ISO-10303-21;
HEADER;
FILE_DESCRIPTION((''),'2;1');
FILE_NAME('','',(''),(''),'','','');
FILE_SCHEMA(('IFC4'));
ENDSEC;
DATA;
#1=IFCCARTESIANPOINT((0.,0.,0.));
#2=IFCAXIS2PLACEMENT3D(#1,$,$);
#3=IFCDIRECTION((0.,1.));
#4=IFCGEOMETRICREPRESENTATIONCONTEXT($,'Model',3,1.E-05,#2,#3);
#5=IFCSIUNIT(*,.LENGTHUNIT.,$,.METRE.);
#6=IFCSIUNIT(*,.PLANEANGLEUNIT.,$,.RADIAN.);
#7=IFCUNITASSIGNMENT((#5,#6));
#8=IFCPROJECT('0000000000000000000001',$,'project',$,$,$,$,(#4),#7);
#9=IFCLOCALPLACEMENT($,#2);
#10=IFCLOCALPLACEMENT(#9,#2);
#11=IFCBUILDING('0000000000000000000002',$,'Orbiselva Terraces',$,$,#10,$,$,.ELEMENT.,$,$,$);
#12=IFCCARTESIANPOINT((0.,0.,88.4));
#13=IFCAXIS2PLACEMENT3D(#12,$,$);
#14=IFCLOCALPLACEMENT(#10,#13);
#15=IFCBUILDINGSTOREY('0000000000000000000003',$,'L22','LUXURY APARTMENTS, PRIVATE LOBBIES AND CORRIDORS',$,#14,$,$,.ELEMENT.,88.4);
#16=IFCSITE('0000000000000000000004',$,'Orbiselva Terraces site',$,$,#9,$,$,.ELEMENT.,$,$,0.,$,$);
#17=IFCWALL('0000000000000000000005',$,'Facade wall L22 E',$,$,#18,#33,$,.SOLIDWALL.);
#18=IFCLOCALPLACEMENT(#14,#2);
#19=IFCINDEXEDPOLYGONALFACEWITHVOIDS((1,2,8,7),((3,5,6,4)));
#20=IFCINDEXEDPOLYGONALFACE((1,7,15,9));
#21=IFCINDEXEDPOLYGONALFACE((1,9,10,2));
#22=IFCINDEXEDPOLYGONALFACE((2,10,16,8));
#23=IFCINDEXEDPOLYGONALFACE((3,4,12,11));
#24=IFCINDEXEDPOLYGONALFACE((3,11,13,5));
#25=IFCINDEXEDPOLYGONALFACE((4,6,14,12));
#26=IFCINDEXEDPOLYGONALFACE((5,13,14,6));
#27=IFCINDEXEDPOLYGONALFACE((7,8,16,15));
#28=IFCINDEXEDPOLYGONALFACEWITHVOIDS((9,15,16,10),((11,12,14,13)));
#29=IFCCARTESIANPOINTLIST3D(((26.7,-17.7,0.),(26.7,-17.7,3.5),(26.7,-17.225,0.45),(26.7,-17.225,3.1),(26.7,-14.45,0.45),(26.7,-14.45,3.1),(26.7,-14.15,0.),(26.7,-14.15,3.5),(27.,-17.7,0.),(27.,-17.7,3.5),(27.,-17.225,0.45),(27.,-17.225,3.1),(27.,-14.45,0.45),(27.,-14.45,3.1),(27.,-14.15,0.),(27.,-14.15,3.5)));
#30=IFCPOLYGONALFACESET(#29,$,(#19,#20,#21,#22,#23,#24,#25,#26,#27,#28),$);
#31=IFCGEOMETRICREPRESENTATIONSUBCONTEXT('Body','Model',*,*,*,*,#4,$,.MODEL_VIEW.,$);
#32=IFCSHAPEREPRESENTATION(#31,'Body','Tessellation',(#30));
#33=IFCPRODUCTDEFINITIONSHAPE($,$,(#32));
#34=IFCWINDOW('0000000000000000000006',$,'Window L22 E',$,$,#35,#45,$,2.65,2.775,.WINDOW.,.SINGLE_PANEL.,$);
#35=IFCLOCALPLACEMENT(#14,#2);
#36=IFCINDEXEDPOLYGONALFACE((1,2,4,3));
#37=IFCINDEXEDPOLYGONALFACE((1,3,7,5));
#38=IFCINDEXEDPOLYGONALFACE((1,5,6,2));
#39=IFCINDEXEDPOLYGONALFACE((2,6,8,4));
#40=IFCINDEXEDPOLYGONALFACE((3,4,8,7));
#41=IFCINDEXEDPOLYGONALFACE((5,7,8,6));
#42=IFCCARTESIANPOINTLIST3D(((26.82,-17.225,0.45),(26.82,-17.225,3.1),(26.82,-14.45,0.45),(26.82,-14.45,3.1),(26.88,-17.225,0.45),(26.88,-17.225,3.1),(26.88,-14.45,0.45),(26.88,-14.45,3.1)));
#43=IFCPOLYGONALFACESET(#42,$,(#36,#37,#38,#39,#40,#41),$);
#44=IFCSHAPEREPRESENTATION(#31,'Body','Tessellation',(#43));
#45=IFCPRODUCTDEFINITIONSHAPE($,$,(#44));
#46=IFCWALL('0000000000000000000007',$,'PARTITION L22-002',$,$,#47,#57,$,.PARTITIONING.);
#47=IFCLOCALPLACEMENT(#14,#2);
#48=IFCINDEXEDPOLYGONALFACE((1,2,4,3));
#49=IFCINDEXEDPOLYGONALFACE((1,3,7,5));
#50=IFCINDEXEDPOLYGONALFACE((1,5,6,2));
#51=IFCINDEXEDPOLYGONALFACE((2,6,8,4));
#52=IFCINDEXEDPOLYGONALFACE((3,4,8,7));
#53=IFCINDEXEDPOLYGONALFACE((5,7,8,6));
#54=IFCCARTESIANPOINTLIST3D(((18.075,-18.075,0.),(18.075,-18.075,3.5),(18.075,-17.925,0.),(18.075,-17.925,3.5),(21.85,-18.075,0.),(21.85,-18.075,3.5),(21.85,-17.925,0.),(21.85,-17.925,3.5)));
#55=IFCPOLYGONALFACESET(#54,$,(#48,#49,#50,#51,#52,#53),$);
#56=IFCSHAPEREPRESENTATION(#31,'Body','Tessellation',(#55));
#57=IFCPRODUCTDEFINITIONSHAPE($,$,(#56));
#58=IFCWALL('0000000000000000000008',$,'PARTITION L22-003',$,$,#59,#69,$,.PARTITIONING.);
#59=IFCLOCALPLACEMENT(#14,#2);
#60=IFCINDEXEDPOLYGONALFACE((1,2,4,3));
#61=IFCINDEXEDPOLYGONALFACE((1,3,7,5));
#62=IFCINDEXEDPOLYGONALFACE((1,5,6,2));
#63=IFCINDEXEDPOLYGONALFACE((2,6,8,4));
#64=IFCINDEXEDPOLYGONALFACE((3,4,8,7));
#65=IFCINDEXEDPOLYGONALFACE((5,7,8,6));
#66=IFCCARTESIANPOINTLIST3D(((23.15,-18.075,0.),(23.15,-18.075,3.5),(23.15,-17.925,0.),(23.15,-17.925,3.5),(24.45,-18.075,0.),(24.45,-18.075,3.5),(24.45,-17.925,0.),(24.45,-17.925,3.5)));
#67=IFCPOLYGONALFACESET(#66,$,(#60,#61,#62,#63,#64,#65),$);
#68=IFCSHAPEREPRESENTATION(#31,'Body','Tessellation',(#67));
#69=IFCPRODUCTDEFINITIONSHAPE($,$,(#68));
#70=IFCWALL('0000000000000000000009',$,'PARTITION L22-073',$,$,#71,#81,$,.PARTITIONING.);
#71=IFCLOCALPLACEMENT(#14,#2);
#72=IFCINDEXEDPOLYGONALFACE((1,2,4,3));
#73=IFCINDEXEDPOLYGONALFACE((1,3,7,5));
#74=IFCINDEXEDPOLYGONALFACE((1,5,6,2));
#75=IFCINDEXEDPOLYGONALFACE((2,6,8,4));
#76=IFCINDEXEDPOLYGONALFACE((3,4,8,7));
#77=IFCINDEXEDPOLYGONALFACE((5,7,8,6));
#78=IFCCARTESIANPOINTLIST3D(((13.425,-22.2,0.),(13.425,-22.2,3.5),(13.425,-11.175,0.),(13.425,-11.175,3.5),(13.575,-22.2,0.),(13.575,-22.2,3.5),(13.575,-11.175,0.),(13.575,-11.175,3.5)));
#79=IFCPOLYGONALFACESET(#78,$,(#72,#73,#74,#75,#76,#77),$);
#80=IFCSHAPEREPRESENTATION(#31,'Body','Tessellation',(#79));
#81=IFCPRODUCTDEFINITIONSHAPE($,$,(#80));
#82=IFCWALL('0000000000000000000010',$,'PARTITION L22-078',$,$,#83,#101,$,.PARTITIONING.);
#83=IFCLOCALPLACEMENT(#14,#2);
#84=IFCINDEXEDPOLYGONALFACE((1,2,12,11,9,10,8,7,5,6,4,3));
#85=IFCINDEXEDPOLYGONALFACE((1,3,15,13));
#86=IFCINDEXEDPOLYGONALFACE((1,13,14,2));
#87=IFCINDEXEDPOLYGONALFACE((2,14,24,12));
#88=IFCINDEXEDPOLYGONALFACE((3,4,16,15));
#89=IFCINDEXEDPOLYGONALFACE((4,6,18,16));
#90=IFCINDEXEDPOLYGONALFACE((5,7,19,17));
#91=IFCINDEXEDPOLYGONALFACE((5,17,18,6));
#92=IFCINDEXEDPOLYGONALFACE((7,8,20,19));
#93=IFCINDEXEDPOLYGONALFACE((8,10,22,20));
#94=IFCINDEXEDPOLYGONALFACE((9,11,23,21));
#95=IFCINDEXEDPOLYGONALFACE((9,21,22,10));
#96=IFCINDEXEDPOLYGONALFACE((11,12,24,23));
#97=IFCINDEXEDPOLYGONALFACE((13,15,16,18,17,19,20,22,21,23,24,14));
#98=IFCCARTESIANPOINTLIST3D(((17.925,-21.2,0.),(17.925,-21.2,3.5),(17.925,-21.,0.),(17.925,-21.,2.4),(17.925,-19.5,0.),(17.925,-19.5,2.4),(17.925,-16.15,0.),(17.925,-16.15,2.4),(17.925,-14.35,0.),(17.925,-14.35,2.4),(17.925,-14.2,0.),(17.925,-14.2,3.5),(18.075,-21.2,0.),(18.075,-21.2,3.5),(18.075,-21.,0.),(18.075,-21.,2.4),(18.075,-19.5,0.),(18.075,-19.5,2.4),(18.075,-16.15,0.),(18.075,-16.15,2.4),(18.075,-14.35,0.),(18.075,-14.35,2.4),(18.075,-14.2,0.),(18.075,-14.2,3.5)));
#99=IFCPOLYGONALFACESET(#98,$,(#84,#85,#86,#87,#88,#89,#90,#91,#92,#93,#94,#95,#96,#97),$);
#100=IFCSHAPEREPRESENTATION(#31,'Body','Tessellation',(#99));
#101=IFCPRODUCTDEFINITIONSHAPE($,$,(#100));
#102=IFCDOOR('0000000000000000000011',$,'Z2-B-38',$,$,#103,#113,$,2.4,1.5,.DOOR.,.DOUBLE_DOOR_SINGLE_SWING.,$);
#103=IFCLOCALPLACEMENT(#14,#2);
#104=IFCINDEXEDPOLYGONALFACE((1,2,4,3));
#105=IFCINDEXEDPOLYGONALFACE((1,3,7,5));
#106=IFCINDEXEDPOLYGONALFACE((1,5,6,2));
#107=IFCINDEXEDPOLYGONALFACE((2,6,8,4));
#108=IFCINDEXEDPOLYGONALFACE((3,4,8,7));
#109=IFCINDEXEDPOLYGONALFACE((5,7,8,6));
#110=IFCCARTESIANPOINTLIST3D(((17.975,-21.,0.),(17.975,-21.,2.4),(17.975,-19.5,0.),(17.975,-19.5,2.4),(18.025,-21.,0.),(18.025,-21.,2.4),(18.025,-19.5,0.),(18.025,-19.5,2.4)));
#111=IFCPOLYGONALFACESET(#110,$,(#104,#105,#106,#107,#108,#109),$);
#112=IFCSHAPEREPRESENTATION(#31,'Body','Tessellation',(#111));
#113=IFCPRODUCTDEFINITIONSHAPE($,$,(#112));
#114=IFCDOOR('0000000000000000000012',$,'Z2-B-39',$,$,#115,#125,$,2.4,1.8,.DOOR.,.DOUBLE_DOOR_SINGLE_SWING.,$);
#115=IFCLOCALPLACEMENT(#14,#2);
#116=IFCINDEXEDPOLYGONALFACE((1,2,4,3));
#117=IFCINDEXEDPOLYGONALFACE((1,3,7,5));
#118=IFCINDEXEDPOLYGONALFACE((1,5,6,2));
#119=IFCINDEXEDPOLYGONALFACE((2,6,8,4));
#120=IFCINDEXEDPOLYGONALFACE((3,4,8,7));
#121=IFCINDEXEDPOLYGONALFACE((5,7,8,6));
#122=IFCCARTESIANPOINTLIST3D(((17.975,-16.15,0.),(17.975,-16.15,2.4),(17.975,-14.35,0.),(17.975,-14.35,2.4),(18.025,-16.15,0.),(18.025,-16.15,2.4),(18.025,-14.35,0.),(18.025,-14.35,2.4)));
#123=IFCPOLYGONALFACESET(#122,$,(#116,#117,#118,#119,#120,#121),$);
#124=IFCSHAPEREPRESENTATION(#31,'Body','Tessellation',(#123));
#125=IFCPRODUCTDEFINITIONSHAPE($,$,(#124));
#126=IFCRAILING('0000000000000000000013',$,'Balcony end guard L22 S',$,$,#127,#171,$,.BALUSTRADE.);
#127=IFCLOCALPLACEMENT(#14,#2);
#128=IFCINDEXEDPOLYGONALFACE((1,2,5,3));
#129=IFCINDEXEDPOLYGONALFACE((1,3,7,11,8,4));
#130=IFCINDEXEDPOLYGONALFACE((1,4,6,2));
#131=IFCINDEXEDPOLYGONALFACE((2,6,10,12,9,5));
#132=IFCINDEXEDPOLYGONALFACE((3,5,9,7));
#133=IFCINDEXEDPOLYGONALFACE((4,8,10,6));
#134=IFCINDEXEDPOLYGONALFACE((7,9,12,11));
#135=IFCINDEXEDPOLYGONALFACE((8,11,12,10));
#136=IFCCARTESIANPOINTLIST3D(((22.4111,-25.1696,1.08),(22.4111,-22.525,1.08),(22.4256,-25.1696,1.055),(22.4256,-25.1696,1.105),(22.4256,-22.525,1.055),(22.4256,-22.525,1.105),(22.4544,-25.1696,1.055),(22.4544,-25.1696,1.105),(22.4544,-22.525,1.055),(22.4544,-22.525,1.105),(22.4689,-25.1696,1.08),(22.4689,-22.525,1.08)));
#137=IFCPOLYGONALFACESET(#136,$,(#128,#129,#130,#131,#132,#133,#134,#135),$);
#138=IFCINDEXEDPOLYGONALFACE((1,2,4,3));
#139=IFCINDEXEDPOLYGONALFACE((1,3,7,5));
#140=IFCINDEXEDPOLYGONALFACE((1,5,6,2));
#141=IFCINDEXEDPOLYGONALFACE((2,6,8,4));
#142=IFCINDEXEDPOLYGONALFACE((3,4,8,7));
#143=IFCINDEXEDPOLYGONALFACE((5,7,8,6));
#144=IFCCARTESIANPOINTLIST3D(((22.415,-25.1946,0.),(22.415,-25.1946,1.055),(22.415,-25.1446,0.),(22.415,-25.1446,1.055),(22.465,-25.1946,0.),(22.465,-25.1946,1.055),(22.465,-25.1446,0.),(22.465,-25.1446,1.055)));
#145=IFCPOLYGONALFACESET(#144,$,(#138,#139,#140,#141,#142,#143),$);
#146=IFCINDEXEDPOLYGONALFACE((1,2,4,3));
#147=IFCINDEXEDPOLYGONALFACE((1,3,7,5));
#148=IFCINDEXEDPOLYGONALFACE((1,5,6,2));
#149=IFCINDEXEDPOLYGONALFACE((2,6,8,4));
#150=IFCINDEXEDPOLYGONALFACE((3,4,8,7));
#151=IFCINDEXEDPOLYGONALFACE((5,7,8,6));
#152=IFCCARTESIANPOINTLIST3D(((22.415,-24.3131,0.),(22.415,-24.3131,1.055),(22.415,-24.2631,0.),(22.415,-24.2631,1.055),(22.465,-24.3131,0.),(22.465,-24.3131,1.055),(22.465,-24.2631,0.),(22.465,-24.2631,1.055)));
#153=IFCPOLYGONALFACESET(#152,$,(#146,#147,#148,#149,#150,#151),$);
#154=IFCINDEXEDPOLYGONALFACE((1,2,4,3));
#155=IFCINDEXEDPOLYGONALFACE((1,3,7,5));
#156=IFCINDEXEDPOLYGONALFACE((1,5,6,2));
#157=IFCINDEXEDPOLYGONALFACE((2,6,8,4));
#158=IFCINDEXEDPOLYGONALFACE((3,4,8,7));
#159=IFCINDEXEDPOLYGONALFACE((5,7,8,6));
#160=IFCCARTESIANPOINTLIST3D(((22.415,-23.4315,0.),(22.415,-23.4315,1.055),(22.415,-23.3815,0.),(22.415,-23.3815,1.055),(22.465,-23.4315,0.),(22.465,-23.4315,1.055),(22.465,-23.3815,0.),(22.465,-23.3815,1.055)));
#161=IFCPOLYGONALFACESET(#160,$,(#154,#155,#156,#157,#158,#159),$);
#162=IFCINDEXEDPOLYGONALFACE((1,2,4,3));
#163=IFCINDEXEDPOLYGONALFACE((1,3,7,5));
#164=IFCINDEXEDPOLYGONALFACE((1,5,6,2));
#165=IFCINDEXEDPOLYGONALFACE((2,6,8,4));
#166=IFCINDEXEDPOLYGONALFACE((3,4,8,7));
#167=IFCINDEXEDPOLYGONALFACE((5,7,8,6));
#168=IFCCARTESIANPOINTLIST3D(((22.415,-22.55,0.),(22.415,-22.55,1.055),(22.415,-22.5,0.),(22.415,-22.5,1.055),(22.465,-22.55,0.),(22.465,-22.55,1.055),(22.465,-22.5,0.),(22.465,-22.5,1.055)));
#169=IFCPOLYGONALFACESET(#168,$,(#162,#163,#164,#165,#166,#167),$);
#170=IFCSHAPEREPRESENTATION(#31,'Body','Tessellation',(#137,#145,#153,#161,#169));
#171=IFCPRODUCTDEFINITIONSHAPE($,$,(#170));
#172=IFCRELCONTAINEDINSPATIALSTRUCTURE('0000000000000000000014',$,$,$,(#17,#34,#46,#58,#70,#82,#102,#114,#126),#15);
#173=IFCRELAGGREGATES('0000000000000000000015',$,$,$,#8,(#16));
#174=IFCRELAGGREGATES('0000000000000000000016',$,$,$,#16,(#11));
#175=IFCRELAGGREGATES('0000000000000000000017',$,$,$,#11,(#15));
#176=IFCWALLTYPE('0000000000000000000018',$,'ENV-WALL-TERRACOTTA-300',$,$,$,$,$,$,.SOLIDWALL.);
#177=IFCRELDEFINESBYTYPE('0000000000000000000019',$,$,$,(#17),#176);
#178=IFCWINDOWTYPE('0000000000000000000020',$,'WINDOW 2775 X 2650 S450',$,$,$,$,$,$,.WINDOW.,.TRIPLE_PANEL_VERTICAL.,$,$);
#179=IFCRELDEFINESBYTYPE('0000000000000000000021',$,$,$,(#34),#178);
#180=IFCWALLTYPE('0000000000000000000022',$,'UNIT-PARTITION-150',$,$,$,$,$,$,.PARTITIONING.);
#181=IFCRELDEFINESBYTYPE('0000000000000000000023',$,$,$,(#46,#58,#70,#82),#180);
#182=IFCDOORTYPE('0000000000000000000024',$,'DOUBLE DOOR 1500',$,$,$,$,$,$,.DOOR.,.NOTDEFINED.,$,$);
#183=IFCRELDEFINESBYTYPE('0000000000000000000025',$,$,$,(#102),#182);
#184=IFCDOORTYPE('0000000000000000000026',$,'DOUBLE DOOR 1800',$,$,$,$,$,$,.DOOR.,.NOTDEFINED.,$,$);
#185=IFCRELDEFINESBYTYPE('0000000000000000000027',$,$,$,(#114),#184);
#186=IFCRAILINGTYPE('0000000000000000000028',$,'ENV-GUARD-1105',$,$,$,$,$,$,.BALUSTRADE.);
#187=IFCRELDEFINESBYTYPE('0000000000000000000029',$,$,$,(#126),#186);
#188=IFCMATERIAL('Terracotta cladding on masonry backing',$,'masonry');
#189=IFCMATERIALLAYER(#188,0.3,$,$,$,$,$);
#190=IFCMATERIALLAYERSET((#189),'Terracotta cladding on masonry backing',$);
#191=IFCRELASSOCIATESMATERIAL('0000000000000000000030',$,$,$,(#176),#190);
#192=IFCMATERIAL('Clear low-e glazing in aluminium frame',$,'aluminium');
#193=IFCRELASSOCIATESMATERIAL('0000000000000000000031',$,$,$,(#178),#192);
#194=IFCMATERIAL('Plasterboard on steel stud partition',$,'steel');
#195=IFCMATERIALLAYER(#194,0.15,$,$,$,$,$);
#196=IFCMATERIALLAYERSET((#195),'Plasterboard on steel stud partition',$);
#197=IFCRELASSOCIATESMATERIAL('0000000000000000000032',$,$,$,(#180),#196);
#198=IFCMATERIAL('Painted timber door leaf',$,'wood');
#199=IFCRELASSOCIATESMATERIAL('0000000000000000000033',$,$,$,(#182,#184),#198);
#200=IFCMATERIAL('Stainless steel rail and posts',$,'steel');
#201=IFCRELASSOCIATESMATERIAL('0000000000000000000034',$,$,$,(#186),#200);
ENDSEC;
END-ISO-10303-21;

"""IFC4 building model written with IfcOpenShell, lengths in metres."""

from ifc_helpers import new_model, si_unit, direction, frame, frame_2d, origin, origin_2d, place, context, subcontext, project, spatial, polyline, rectangle, outline, extrude, material, layer, layer_set, type_object, element, fill, save


model = new_model("IFC4")

# Units and contexts
model_context = context("Model", 3, precision=1e-05, world=origin(), true_north=direction((0.0, 1.0)))
body_context = subcontext(model_context, "Body", "Model", "MODEL_VIEW")
ifc_project = project(units=[si_unit("LENGTHUNIT", "METRE"), si_unit("PLANEANGLEUNIT", "RADIAN")], contexts=[model_context])

# Site, building, storey
site_placement = place(None, origin())
site = spatial("IfcSite", under=ifc_project, at=site_placement, Name="Orbiselva Terraces site", CompositionType="ELEMENT", RefElevation=0.0)
building_placement = place(site_placement, origin())
building = spatial("IfcBuilding", under=site, at=building_placement, Name="Orbiselva Terraces", CompositionType="ELEMENT")
storey_placement = place(building_placement, frame((0.0, 0.0, 88.4)))
storey = spatial("IfcBuildingStorey", under=building, at=storey_placement, Name="L22", Description="LUXURY APARTMENTS, PRIVATE LOBBIES AND CORRIDORS", CompositionType="ELEMENT", Elevation=88.4)

# Shared definitions
ifc_material_1 = material(Name="Terracotta cladding on masonry backing", Category="masonry")
ifc_layer_1 = layer(ifc_material_1, 0.3)
ifc_layer_set_1 = layer_set([ifc_layer_1], Name="Terracotta cladding on masonry backing")
wall_type_1 = type_object("IfcWallType", Name="ENV-WALL-TERRACOTTA-300", PredefinedType="SOLIDWALL", material=ifc_layer_set_1)
ifc_material_2 = material(Name="Clear low-e glazing in aluminium frame", Category="aluminium")
window_type = type_object("IfcWindowType", Name="WINDOW 2775 X 2650 S450", PartitioningType="TRIPLE_PANEL_VERTICAL", PredefinedType="WINDOW", material=ifc_material_2)

# Wall, opening, window
wall_1_placement = place(storey_placement, frame((26.85, -14.15, 0.0), z_axis=(0.0, 0.0, 1.0), x_axis=(0.0, -1.0, 0.0)))
wall_1 = element("IfcWall", 1, at=wall_1_placement, inside=storey, type_object=wall_type_1, Name="Facade wall L22 E", PredefinedType="SOLIDWALL", context=body_context, shape_type="SweptSolid", body=[
    extrude(rectangle(XDim=3.55, YDim=0.3, at=frame_2d((1.775, 0.0))), origin(), (0.0, 0.0, 1.0), 3.5),
])
opening_1_placement = place(wall_1_placement, frame((0.3, 0.0, 0.45)))
opening_1 = element("IfcOpeningElement", 2, at=opening_1_placement, cuts=wall_1, PredefinedType="OPENING", context=body_context, shape_type="SweptSolid", body=[
    extrude(rectangle(XDim=2.775, YDim=2.65, at=frame_2d((1.3875, 1.325))), frame((0.0, 0.16, 0.0), z_axis=(0.0, -1.0, 0.0), x_axis=(1.0, 0.0, 0.0)), (0.0, 0.0, 1.0), 0.32),
])
window_1_placement = place(opening_1_placement, origin())
window_1 = element("IfcWindow", 3, at=window_1_placement, inside=storey, type_object=window_type, Name="Window L22 E", OverallHeight=2.65, OverallWidth=2.775, PartitioningType="SINGLE_PANEL", PredefinedType="WINDOW", context=body_context, shape_type="SweptSolid", body=[
    extrude(rectangle(XDim=2.775, YDim=2.65, at=frame_2d((1.3875, 1.325))), frame((0.0, 0.03, 0.0), z_axis=(0.0, -1.0, 0.0), x_axis=(1.0, 0.0, 0.0)), (0.0, 0.0, 1.0), 0.06),
])
fill(opening_1, window_1)

# Walls
ifc_material_3 = material(Name="Plasterboard on steel stud partition", Category="steel")
ifc_layer_2 = layer(ifc_material_3, 0.15)
ifc_layer_set_2 = layer_set([ifc_layer_2], Name="Plasterboard on steel stud partition")
wall_type_2 = type_object("IfcWallType", Name="UNIT-PARTITION-150", PredefinedType="PARTITIONING", material=ifc_layer_set_2)
wall_2_placement = place(storey_placement, frame((18.075, -18.0, 0.0), z_axis=(0.0, 0.0, 1.0), x_axis=(1.0, 0.0, 0.0)))
element("IfcWall", 4, at=wall_2_placement, inside=storey, type_object=wall_type_2, Name="PARTITION L22-002", PredefinedType="PARTITIONING", context=body_context, shape_type="SweptSolid", body=[
    extrude(rectangle(XDim=3.775, YDim=0.15, at=frame_2d((1.8875, 0.0))), origin(), (0.0, 0.0, 1.0), 3.5),
])
wall_3_placement = place(storey_placement, frame((23.15, -18.0, 0.0), z_axis=(0.0, 0.0, 1.0), x_axis=(1.0, 0.0, 0.0)))
element("IfcWall", 5, at=wall_3_placement, inside=storey, type_object=wall_type_2, Name="PARTITION L22-003", PredefinedType="PARTITIONING", context=body_context, shape_type="SweptSolid", body=[
    extrude(rectangle(XDim=1.3, YDim=0.15, at=frame_2d((0.65, 0.0))), origin(), (0.0, 0.0, 1.0), 3.5),
])
wall_4_placement = place(storey_placement, frame((13.5, -22.2, 0.0), z_axis=(0.0, 0.0, 1.0), x_axis=(0.0, 1.0, 0.0)))
element("IfcWall", 6, at=wall_4_placement, inside=storey, type_object=wall_type_2, Name="PARTITION L22-073", PredefinedType="PARTITIONING", context=body_context, shape_type="SweptSolid", body=[
    extrude(rectangle(XDim=11.025, YDim=0.15, at=frame_2d((5.5125, 0.0))), origin(), (0.0, 0.0, 1.0), 3.5),
])

# Wall, openings, doors
wall_5_placement = place(storey_placement, frame((18.0, -14.2, 0.0), z_axis=(0.0, 0.0, 1.0), x_axis=(0.0, -1.0, 0.0)))
wall_5 = element("IfcWall", 7, at=wall_5_placement, inside=storey, type_object=wall_type_2, Name="PARTITION L22-078", PredefinedType="PARTITIONING", context=body_context, shape_type="SweptSolid", body=[
    extrude(rectangle(XDim=7.0, YDim=0.15, at=frame_2d((3.5, 0.0))), origin(), (0.0, 0.0, 1.0), 3.5),
])
opening_2_placement = place(wall_5_placement, frame((5.3, 0.0, 0.0)))
opening_2 = element("IfcOpeningElement", 8, at=opening_2_placement, cuts=wall_5, PredefinedType="OPENING", context=body_context, shape_type="SweptSolid", body=[
    extrude(rectangle(XDim=1.5, YDim=2.4, at=frame_2d((0.75, 1.2))), frame((0.0, 0.085, 0.0), z_axis=(0.0, -1.0, 0.0), x_axis=(1.0, 0.0, 0.0)), (0.0, 0.0, 1.0), 0.17),
])
opening_3_placement = place(wall_5_placement, frame((0.15, 0.0, 0.0)))
opening_3 = element("IfcOpeningElement", 9, at=opening_3_placement, cuts=wall_5, PredefinedType="OPENING", context=body_context, shape_type="SweptSolid", body=[
    extrude(rectangle(XDim=1.8, YDim=2.4, at=frame_2d((0.9, 1.2))), frame((0.0, 0.085, 0.0), z_axis=(0.0, -1.0, 0.0), x_axis=(1.0, 0.0, 0.0)), (0.0, 0.0, 1.0), 0.17),
])
ifc_material_4 = material(Name="Painted timber door leaf", Category="wood")
door_type_1 = type_object("IfcDoorType", Name="DOUBLE DOOR 1500", OperationType="NOTDEFINED", PredefinedType="DOOR", material=ifc_material_4)
door_1_placement = place(opening_2_placement, origin())
door_1 = element("IfcDoor", 10, at=door_1_placement, inside=storey, type_object=door_type_1, Name="Z2-B-38", OperationType="DOUBLE_DOOR_SINGLE_SWING", OverallHeight=2.4, OverallWidth=1.5, PredefinedType="DOOR", context=body_context, shape_type="SweptSolid", body=[
    extrude(rectangle(XDim=1.5, YDim=2.4, at=frame_2d((0.75, 1.2))), frame((0.0, 0.025, 0.0), z_axis=(0.0, -1.0, 0.0), x_axis=(1.0, 0.0, 0.0)), (0.0, 0.0, 1.0), 0.05),
])
fill(opening_2, door_1)
door_type_2 = type_object("IfcDoorType", Name="DOUBLE DOOR 1800", OperationType="NOTDEFINED", PredefinedType="DOOR", material=ifc_material_4)
door_2_placement = place(opening_3_placement, origin())
door_2 = element("IfcDoor", 11, at=door_2_placement, inside=storey, type_object=door_type_2, Name="Z2-B-39", OperationType="DOUBLE_DOOR_SINGLE_SWING", OverallHeight=2.4, OverallWidth=1.8, PredefinedType="DOOR", context=body_context, shape_type="SweptSolid", body=[
    extrude(rectangle(XDim=1.8, YDim=2.4, at=frame_2d((0.9, 1.2))), frame((0.0, 0.025, 0.0), z_axis=(0.0, -1.0, 0.0), x_axis=(1.0, 0.0, 0.0)), (0.0, 0.0, 1.0), 0.05),
])
fill(opening_3, door_2)

# Railing
ifc_material_5 = material(Name="Stainless steel rail and posts", Category="steel")
railing_type_1 = type_object("IfcRailingType", Name="ENV-GUARD-1105", PredefinedType="BALUSTRADE", material=ifc_material_5)
railing_1_placement = place(storey_placement, frame((22.44, -25.1696, 0.0)))
element("IfcRailing", 12, at=railing_1_placement, inside=storey, type_object=railing_type_1, Name="Balcony end guard L22 S", PredefinedType="BALUSTRADE", context=body_context, shape_type="SweptSolid", body=[
    extrude(outline(polyline([(0.0289, 0.0), (0.0144, 0.025), (-0.0144, 0.025), (-0.0289, 0.0), (-0.0144, -0.025), (0.0144, -0.025), (0.0289, 0.0)])), frame((0.0, 0.0, 1.08), z_axis=(0.0, 1.0, 0.0), x_axis=(-1.0, 0.0, 0.0)), (0.0, 0.0, 1.0), 2.6446),
    extrude(rectangle(XDim=0.05, YDim=0.05, at=origin_2d()), origin(), (0.0, 0.0, 1.0), 1.055),
    extrude(rectangle(XDim=0.05, YDim=0.05, at=origin_2d()), frame((0.0, 0.8815, 0.0)), (0.0, 0.0, 1.0), 1.055),
    extrude(rectangle(XDim=0.05, YDim=0.05, at=origin_2d()), frame((0.0, 1.7631, 0.0)), (0.0, 0.0, 1.0), 1.055),
    extrude(rectangle(XDim=0.05, YDim=0.05, at=origin_2d()), frame((0.0, 2.6446, 0.0)), (0.0, 0.0, 1.0), 1.055),
])

save(model, "model.ifc")
